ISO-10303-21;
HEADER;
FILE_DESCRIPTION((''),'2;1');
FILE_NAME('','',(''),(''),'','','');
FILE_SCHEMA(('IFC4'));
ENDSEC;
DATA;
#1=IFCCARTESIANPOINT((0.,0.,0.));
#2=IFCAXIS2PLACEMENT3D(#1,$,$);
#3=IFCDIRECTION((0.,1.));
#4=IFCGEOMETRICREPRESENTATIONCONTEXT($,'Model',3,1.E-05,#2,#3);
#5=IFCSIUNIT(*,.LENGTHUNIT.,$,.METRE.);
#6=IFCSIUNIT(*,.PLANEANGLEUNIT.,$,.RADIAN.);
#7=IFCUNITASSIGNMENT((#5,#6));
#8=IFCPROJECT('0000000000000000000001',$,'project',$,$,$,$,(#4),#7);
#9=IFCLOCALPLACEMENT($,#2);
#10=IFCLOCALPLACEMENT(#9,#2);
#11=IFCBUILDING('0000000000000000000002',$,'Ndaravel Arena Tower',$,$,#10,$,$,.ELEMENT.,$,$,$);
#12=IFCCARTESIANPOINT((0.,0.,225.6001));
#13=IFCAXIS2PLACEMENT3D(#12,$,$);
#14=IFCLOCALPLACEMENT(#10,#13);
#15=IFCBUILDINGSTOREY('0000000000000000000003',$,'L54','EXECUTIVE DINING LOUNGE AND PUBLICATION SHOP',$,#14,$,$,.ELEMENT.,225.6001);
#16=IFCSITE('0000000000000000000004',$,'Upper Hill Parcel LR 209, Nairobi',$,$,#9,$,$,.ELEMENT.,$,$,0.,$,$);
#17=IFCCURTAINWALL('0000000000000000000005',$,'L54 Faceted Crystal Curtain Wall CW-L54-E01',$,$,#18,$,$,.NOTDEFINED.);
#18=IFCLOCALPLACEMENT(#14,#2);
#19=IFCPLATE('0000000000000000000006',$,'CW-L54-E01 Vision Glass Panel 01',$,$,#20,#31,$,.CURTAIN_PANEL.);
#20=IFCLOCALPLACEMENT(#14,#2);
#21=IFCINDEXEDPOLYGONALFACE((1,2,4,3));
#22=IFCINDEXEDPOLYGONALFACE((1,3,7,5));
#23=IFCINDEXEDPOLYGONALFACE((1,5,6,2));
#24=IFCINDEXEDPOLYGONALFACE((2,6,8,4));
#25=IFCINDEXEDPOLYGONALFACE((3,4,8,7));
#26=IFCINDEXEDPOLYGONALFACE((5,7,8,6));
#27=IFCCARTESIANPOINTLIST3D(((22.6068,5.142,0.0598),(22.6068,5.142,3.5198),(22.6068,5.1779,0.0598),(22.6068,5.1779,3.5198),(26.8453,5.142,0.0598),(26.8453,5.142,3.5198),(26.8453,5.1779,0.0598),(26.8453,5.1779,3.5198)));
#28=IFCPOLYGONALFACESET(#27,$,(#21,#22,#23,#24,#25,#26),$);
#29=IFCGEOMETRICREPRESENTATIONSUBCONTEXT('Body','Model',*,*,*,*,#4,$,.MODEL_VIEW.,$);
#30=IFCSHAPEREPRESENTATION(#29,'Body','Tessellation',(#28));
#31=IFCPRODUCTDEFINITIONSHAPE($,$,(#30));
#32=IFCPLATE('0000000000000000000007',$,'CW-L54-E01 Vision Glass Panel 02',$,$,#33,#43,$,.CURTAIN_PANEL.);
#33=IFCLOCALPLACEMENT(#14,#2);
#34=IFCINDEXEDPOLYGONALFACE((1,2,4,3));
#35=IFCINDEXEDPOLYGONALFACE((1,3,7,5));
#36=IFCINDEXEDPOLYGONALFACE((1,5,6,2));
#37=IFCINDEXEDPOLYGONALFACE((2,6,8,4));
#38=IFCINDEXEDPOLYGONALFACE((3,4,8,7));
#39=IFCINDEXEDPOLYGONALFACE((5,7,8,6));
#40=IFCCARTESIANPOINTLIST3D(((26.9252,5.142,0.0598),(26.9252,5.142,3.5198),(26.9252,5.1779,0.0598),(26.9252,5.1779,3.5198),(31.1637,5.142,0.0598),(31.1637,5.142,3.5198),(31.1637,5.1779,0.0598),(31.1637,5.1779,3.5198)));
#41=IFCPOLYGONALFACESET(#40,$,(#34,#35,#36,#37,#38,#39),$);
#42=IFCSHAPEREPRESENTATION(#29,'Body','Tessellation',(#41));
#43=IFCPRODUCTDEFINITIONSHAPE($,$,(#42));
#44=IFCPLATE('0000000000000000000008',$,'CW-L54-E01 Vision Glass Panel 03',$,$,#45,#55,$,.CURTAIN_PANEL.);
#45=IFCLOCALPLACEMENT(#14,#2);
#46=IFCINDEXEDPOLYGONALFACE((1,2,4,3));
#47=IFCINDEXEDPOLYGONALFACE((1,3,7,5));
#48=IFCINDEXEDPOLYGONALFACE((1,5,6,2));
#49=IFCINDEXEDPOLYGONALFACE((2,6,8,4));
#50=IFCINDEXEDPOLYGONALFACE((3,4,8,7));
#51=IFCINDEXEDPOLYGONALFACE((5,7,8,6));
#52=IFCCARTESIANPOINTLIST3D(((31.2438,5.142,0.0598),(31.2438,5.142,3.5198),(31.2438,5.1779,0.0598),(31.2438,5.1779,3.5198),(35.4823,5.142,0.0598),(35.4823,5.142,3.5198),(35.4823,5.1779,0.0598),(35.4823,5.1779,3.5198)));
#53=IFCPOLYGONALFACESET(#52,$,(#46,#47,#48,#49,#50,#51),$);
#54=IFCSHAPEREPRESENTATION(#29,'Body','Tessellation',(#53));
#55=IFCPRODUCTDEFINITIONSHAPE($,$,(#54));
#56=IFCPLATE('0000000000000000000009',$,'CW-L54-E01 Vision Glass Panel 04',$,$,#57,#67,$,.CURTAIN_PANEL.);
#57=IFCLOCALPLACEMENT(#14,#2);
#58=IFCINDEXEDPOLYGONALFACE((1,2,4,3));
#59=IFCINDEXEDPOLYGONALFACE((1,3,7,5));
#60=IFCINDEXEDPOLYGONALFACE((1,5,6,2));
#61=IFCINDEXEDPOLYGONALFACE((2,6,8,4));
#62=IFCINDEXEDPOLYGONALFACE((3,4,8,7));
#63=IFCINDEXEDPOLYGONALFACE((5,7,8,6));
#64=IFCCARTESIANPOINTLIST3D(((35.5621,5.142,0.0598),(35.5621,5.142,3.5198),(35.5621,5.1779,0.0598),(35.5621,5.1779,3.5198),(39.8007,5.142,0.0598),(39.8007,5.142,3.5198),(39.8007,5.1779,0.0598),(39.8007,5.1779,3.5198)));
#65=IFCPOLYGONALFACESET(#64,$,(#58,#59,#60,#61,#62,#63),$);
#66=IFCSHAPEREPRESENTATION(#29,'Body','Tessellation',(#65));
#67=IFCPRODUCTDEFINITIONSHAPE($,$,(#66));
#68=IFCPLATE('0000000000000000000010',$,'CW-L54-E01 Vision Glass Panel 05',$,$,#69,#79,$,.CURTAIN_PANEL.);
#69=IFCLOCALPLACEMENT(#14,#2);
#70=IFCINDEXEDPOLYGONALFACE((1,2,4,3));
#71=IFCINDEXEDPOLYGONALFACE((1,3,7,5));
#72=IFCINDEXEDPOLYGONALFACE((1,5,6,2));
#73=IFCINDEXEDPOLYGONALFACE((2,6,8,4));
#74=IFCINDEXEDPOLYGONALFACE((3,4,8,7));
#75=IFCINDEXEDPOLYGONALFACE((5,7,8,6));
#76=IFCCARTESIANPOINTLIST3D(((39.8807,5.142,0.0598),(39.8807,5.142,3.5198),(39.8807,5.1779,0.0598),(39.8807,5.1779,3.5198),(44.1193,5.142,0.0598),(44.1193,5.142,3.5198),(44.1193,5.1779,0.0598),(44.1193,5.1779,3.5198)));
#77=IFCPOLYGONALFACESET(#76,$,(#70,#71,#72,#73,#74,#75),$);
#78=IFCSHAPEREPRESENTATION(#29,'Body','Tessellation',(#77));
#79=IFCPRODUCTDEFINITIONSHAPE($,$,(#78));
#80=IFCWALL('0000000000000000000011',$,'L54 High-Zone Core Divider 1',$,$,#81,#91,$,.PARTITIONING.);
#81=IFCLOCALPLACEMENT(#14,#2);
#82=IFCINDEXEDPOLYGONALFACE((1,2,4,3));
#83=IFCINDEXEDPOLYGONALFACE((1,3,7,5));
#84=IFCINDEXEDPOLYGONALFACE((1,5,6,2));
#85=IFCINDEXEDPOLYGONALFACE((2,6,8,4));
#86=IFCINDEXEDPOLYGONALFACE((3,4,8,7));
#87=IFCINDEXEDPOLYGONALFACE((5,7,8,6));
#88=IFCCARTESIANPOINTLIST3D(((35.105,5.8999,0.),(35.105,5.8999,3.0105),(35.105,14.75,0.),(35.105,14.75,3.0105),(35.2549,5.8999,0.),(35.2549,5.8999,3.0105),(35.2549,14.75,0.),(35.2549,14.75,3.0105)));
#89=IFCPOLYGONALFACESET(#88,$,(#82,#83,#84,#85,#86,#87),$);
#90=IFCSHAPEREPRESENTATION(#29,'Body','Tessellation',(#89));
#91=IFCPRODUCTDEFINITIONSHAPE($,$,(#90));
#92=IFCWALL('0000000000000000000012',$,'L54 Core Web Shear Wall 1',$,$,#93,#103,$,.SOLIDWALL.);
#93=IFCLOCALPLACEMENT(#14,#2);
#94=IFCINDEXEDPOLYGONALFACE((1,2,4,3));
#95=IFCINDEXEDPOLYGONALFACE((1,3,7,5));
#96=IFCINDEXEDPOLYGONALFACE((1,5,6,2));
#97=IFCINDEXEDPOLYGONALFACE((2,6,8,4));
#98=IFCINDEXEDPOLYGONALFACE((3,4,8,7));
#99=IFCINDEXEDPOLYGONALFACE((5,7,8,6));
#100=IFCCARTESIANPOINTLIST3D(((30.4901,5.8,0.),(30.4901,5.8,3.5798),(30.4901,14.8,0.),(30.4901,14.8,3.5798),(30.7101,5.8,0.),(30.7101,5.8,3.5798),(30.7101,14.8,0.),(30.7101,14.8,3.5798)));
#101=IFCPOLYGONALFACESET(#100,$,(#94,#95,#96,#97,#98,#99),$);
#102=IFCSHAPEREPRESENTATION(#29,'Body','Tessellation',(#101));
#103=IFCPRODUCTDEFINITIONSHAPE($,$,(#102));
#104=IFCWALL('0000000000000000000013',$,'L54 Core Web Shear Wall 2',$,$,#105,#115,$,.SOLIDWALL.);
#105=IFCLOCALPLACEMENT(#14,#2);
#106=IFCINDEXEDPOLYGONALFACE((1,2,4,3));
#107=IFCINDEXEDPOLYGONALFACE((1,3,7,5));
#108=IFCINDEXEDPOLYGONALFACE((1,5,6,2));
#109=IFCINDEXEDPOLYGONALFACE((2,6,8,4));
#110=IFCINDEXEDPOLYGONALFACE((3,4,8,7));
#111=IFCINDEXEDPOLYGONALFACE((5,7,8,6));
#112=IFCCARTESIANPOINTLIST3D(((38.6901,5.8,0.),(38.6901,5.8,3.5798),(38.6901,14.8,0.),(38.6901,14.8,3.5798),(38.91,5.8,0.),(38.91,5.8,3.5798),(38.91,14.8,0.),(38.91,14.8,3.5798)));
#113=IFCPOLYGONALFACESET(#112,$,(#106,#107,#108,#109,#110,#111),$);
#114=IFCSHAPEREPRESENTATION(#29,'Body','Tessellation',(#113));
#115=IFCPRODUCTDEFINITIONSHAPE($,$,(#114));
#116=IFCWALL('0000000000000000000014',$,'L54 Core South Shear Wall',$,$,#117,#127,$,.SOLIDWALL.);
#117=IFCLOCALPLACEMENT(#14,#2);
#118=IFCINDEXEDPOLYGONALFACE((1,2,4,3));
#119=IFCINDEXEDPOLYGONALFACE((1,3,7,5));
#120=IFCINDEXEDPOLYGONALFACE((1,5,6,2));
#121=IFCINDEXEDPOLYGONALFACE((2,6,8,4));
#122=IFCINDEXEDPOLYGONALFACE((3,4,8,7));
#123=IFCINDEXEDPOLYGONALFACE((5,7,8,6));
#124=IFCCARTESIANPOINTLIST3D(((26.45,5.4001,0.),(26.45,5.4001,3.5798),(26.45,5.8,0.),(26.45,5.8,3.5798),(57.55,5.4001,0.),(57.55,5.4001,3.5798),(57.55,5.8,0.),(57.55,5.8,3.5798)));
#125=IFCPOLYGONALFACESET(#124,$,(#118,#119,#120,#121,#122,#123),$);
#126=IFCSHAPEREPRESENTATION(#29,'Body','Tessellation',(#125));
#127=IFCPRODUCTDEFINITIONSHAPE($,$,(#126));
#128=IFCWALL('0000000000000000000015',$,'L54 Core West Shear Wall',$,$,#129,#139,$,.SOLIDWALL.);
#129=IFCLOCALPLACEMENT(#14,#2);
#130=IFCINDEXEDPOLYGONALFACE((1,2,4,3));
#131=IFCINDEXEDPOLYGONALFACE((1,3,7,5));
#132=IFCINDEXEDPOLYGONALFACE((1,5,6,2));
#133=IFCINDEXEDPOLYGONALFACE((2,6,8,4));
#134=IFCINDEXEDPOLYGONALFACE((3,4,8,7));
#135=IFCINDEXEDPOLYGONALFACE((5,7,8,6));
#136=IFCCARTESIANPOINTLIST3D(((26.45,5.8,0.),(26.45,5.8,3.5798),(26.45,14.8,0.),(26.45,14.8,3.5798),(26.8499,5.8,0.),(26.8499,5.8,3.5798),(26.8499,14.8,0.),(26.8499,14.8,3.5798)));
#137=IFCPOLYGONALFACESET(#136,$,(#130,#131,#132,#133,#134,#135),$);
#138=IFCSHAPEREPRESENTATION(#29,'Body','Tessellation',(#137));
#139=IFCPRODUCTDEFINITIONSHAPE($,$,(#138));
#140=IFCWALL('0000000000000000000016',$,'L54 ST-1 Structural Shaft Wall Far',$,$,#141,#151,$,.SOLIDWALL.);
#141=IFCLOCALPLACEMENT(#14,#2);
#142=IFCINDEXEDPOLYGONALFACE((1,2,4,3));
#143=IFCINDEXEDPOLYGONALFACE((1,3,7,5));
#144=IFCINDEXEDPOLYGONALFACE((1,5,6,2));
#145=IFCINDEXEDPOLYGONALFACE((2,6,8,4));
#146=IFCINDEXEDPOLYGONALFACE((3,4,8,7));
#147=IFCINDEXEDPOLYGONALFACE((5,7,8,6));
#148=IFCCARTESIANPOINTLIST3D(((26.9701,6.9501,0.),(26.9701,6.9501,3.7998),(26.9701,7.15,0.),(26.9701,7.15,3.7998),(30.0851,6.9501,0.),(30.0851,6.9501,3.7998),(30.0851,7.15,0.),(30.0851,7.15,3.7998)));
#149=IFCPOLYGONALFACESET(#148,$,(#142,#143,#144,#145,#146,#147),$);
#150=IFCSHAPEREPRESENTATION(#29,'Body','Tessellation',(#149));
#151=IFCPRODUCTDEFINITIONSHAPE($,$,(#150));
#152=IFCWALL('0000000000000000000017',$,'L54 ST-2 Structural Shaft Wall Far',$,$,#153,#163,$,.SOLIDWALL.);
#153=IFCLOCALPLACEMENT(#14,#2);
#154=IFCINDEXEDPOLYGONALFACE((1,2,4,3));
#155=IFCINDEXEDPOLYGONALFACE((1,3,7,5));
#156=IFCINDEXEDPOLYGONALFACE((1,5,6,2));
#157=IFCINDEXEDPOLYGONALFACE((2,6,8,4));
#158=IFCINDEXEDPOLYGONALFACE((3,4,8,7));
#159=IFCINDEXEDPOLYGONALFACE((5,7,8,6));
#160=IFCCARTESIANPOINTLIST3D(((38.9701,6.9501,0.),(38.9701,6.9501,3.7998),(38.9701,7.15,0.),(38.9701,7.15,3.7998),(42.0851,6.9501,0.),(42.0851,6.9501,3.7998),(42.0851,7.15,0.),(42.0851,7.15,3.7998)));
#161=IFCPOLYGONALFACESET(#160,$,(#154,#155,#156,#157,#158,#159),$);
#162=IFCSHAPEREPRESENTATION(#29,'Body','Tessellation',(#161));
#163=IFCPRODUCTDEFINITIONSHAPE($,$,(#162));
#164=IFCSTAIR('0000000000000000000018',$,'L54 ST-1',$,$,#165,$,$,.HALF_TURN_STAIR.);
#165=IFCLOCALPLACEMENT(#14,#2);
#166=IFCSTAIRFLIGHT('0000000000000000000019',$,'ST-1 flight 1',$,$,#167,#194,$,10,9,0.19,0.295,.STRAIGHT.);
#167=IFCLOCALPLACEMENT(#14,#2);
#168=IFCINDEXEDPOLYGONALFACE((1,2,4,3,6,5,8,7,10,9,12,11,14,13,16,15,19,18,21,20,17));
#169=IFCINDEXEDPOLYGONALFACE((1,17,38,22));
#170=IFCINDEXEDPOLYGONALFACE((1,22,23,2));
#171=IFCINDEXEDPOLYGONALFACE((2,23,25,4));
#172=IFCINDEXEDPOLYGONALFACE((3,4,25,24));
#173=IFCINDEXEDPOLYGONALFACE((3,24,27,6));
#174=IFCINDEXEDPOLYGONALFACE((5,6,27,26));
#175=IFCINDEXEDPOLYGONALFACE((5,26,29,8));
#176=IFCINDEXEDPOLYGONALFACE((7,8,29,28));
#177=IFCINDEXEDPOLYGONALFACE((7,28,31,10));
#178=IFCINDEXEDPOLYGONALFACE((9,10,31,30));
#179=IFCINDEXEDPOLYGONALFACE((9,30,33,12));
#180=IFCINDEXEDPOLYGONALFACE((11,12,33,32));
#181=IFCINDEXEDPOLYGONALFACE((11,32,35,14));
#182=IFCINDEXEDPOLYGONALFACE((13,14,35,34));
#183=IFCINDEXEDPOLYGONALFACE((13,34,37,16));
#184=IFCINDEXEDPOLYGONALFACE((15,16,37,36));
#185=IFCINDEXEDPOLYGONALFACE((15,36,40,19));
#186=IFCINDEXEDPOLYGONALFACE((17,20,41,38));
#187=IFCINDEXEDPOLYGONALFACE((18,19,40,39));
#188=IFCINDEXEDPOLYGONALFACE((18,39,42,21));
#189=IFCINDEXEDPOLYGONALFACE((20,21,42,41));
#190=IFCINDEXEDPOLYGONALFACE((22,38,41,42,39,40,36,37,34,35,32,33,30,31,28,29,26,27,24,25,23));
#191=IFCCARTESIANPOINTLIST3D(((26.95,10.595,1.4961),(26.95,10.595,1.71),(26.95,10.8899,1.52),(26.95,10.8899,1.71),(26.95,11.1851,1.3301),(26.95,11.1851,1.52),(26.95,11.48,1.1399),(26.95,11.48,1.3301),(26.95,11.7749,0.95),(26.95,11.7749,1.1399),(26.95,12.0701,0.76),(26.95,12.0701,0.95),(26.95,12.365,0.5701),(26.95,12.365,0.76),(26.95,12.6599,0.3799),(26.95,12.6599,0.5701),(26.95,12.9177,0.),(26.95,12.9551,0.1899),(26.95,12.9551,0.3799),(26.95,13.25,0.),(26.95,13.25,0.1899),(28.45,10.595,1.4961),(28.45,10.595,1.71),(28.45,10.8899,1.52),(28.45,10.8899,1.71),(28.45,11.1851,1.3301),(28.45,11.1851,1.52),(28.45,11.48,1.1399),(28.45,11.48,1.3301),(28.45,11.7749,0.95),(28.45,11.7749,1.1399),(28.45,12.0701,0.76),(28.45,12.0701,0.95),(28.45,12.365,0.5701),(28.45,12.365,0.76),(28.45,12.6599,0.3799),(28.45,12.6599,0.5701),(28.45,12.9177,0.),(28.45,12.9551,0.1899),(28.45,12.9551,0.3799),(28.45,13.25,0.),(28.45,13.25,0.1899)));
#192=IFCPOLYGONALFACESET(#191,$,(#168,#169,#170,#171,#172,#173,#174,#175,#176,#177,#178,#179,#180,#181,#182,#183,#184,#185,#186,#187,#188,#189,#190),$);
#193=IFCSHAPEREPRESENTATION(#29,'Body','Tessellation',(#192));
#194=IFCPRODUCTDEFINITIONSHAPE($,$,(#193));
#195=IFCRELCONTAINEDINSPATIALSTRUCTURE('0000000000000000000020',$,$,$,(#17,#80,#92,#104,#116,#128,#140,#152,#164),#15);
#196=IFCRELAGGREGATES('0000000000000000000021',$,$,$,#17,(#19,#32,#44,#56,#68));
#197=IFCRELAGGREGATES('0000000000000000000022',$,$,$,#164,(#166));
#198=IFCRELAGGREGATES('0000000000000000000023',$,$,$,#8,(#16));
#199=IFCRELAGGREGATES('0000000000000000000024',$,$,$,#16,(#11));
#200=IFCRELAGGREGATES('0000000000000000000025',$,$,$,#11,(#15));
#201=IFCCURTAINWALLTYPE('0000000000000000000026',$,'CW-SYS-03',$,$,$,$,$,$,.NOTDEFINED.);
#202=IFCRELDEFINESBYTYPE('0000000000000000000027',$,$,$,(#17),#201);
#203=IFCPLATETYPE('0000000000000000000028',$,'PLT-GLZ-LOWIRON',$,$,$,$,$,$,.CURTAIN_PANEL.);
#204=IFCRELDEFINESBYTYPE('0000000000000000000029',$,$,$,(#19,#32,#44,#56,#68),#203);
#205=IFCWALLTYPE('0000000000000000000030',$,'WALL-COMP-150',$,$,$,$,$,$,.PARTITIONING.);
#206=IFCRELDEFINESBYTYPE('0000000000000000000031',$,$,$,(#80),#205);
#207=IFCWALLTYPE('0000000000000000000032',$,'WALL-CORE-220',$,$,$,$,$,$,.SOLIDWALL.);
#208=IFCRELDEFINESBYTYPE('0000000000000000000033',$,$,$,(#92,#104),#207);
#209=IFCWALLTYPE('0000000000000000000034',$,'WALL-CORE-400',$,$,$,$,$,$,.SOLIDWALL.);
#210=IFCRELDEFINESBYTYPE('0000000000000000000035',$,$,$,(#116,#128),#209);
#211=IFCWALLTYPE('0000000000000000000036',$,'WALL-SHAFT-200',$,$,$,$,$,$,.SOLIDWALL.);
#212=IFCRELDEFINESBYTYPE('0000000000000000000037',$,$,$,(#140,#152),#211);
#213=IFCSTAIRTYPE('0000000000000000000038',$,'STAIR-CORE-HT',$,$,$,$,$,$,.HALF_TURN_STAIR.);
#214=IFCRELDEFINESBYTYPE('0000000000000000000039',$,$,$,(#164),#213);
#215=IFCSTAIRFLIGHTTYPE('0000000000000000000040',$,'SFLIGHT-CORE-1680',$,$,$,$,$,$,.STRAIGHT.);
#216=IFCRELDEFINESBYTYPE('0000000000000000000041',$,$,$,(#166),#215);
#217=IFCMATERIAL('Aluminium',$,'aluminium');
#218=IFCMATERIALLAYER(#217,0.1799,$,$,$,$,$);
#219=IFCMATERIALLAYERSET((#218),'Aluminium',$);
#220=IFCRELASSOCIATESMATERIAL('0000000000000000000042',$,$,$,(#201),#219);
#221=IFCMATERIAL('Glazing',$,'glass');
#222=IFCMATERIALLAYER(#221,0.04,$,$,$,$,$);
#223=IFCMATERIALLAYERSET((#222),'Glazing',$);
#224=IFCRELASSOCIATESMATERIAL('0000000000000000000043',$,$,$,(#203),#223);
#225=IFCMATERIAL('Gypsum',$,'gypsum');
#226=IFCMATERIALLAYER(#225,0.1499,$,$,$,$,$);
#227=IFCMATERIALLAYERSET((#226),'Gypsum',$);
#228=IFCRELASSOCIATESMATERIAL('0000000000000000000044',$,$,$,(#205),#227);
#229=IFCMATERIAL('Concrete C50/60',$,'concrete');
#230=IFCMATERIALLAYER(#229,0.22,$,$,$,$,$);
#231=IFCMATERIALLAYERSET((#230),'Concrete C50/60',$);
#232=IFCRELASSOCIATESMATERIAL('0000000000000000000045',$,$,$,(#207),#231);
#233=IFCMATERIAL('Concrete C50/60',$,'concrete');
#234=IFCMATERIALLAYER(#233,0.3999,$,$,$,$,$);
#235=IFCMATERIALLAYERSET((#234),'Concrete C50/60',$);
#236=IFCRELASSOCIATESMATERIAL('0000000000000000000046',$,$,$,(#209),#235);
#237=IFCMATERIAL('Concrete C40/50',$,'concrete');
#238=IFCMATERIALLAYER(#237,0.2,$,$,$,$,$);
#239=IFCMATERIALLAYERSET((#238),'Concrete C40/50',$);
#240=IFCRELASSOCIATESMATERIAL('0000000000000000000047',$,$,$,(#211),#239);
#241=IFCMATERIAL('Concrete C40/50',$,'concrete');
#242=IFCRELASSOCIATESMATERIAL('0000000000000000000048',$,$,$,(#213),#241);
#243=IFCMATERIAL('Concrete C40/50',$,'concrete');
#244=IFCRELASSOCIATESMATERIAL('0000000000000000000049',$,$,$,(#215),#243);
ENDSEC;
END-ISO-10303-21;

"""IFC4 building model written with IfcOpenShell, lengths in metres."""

from ifc_helpers import new_model, si_unit, direction, frame, frame_2d, origin, origin_2d, place, context, subcontext, project, spatial, polyline, rectangle, outline, extrude, material, layer, layer_set, type_object, element, aggregate, save


model = new_model("IFC4")

# Units and contexts
model_context = context("Model", 3, precision=1e-05, world=origin(), true_north=direction((0.0, 1.0)))
body_context = subcontext(model_context, "Body", "Model", "MODEL_VIEW")
ifc_project = project(units=[si_unit("LENGTHUNIT", "METRE"), si_unit("PLANEANGLEUNIT", "RADIAN")], contexts=[model_context])

# Site, building, storey
site_placement = place(None, origin())
site = spatial("IfcSite", under=ifc_project, at=site_placement, Name="Upper Hill Parcel LR 209, Nairobi", CompositionType="ELEMENT", RefElevation=0.0)
building_placement = place(site_placement, origin())
building = spatial("IfcBuilding", under=site, at=building_placement, Name="Ndaravel Arena Tower", CompositionType="ELEMENT")
storey_placement = place(building_placement, frame((0.0, 0.0, 225.6001)))
storey = spatial("IfcBuildingStorey", under=building, at=storey_placement, Name="L54", Description="EXECUTIVE DINING LOUNGE AND PUBLICATION SHOP", CompositionType="ELEMENT", Elevation=225.6001)

# Curtain wall, plates
ifc_material_1 = material(Name="Aluminium", Category="aluminium")
ifc_layer_1 = layer(ifc_material_1, 0.1799)
ifc_layer_set_1 = layer_set([ifc_layer_1], Name="Aluminium")
curtain_wall_type = type_object("IfcCurtainWallType", Name="CW-SYS-03", PredefinedType="NOTDEFINED", material=ifc_layer_set_1)
curtain_wall_placement = place(storey_placement, origin())
curtain_wall = element("IfcCurtainWall", 1, at=curtain_wall_placement, inside=storey, type_object=curtain_wall_type, Name="L54 Faceted Crystal Curtain Wall CW-L54-E01", PredefinedType="NOTDEFINED")
ifc_material_2 = material(Name="Glazing", Category="glass")
ifc_layer_2 = layer(ifc_material_2, 0.04)
ifc_layer_set_2 = layer_set([ifc_layer_2], Name="Glazing")
plate_type = type_object("IfcPlateType", Name="PLT-GLZ-LOWIRON", PredefinedType="CURTAIN_PANEL", material=ifc_layer_set_2)
plate_1_placement = place(storey_placement, frame((24.7261, 5.1599, 0.0598), z_axis=(0.0, 0.0, 1.0), x_axis=(1.0, 0.0, 0.0)))
plate_1 = element("IfcPlate", 2, at=plate_1_placement, type_object=plate_type, Name="CW-L54-E01 Vision Glass Panel 01", PredefinedType="CURTAIN_PANEL", context=body_context, shape_type="SweptSolid", body=[
    extrude(rectangle(XDim=4.2385, YDim=0.0359, at=origin_2d()), origin(), (0.0, 0.0, 1.0), 3.46),
])
plate_2_placement = place(storey_placement, frame((29.0444, 5.1599, 0.0598), z_axis=(0.0, 0.0, 1.0), x_axis=(1.0, 0.0, 0.0)))
plate_2 = element("IfcPlate", 3, at=plate_2_placement, type_object=plate_type, Name="CW-L54-E01 Vision Glass Panel 02", PredefinedType="CURTAIN_PANEL", context=body_context, shape_type="SweptSolid", body=[
    extrude(rectangle(XDim=4.2385, YDim=0.0359, at=origin_2d()), origin(), (0.0, 0.0, 1.0), 3.46),
])
plate_3_placement = place(storey_placement, frame((33.363, 5.1599, 0.0598), z_axis=(0.0, 0.0, 1.0), x_axis=(1.0, 0.0, 0.0)))
plate_3 = element("IfcPlate", 4, at=plate_3_placement, type_object=plate_type, Name="CW-L54-E01 Vision Glass Panel 03", PredefinedType="CURTAIN_PANEL", context=body_context, shape_type="SweptSolid", body=[
    extrude(rectangle(XDim=4.2385, YDim=0.0359, at=origin_2d()), origin(), (0.0, 0.0, 1.0), 3.46),
])
plate_4_placement = place(storey_placement, frame((37.6814, 5.1599, 0.0598), z_axis=(0.0, 0.0, 1.0), x_axis=(1.0, 0.0, 0.0)))
plate_4 = element("IfcPlate", 5, at=plate_4_placement, type_object=plate_type, Name="CW-L54-E01 Vision Glass Panel 04", PredefinedType="CURTAIN_PANEL", context=body_context, shape_type="SweptSolid", body=[
    extrude(rectangle(XDim=4.2385, YDim=0.0359, at=origin_2d()), origin(), (0.0, 0.0, 1.0), 3.46),
])
plate_5_placement = place(storey_placement, frame((42.0, 5.1599, 0.0598), z_axis=(0.0, 0.0, 1.0), x_axis=(1.0, 0.0, 0.0)))
plate_5 = element("IfcPlate", 6, at=plate_5_placement, type_object=plate_type, Name="CW-L54-E01 Vision Glass Panel 05", PredefinedType="CURTAIN_PANEL", context=body_context, shape_type="SweptSolid", body=[
    extrude(rectangle(XDim=4.2385, YDim=0.0359, at=origin_2d()), origin(), (0.0, 0.0, 1.0), 3.46),
])
aggregate(curtain_wall, [plate_1, plate_2, plate_3, plate_4, plate_5])

# Walls
ifc_material_3 = material(Name="Gypsum", Category="gypsum")
ifc_layer_3 = layer(ifc_material_3, 0.1499)
ifc_layer_set_3 = layer_set([ifc_layer_3], Name="Gypsum")
wall_type_1 = type_object("IfcWallType", Name="WALL-COMP-150", PredefinedType="PARTITIONING", material=ifc_layer_set_3)
wall_1_placement = place(storey_placement, frame((35.1799, 5.8999, 0.0), z_axis=(0.0, 0.0, 1.0), x_axis=(0.0, 1.0, 0.0)))
element("IfcWall", 7, at=wall_1_placement, inside=storey, type_object=wall_type_1, Name="L54 High-Zone Core Divider 1", PredefinedType="PARTITIONING", context=body_context, shape_type="SweptSolid", body=[
    extrude(rectangle(XDim=8.8501, YDim=0.1499, at=frame_2d((4.425, 0.0))), origin(), (0.0, 0.0, 1.0), 3.0105),
])
ifc_material_4 = material(Name="Concrete C50/60", Category="concrete")
ifc_layer_4 = layer(ifc_material_4, 0.22)
ifc_layer_set_4 = layer_set([ifc_layer_4], Name="Concrete C50/60")
wall_type_2 = type_object("IfcWallType", Name="WALL-CORE-220", PredefinedType="SOLIDWALL", material=ifc_layer_set_4)
for number, where, z_axis, x_axis, name in (
    (8, (30.6001, 5.8, 0.0), (0.0, 0.0, 1.0), (0.0, 1.0, 0.0), "L54 Core Web Shear Wall 1"),
    (9, (38.8, 5.8, 0.0), (0.0, 0.0, 1.0), (0.0, 1.0, 0.0), "L54 Core Web Shear Wall 2"),
):
    element("IfcWall", number, at=place(storey_placement, frame(where, z_axis=z_axis, x_axis=x_axis)), inside=storey, type_object=wall_type_2, Name=name, PredefinedType="SOLIDWALL", context=body_context, shape_type="SweptSolid", body=[
        extrude(rectangle(XDim=9.0, YDim=0.22, at=frame_2d((4.5, 0.0))), origin(), (0.0, 0.0, 1.0), 3.5798),
    ])
ifc_material_5 = material(Name="Concrete C50/60", Category="concrete")
ifc_layer_5 = layer(ifc_material_5, 0.3999)
ifc_layer_set_5 = layer_set([ifc_layer_5], Name="Concrete C50/60")
wall_type_3 = type_object("IfcWallType", Name="WALL-CORE-400", PredefinedType="SOLIDWALL", material=ifc_layer_set_5)
wall_2_placement = place(storey_placement, frame((26.45, 5.6001, 0.0), z_axis=(0.0, 0.0, 1.0), x_axis=(1.0, 0.0, 0.0)))
element("IfcWall", 10, at=wall_2_placement, inside=storey, type_object=wall_type_3, Name="L54 Core South Shear Wall", PredefinedType="SOLIDWALL", context=body_context, shape_type="SweptSolid", body=[
    extrude(rectangle(XDim=31.1001, YDim=0.3999, at=frame_2d((15.55, 0.0))), origin(), (0.0, 0.0, 1.0), 3.5798),
])
wall_3_placement = place(storey_placement, frame((26.6499, 5.8, 0.0), z_axis=(0.0, 0.0, 1.0), x_axis=(0.0, 1.0, 0.0)))
element("IfcWall", 11, at=wall_3_placement, inside=storey, type_object=wall_type_3, Name="L54 Core West Shear Wall", PredefinedType="SOLIDWALL", context=body_context, shape_type="SweptSolid", body=[
    extrude(rectangle(XDim=9.0, YDim=0.3999, at=frame_2d((4.5, 0.0))), origin(), (0.0, 0.0, 1.0), 3.5798),
])
ifc_material_6 = material(Name="Concrete C40/50", Category="concrete")
ifc_layer_6 = layer(ifc_material_6, 0.2)
ifc_layer_set_6 = layer_set([ifc_layer_6], Name="Concrete C40/50")
wall_type_4 = type_object("IfcWallType", Name="WALL-SHAFT-200", PredefinedType="SOLIDWALL", material=ifc_layer_set_6)
for number, where, z_axis, x_axis, name in (
    (12, (26.97, 7.05, 0.0), (0.0, 0.0, 1.0), (1.0, 0.0, 0.0), "L54 ST-1 Structural Shaft Wall Far"),
    (13, (38.97, 7.05, 0.0), (0.0, 0.0, 1.0), (1.0, 0.0, 0.0), "L54 ST-2 Structural Shaft Wall Far"),
):
    element("IfcWall", number, at=place(storey_placement, frame(where, z_axis=z_axis, x_axis=x_axis)), inside=storey, type_object=wall_type_4, Name=name, PredefinedType="SOLIDWALL", context=body_context, shape_type="SweptSolid", body=[
        extrude(rectangle(XDim=3.115, YDim=0.2, at=frame_2d((1.5576, 0.0))), origin(), (0.0, 0.0, 1.0), 3.7998),
    ])

# Stair, stair flight
ifc_material_7 = material(Name="Concrete C40/50", Category="concrete")
stair_type = type_object("IfcStairType", Name="STAIR-CORE-HT", PredefinedType="HALF_TURN_STAIR", material=ifc_material_7)
stair_1_placement = place(storey_placement, origin())
stair_1 = element("IfcStair", 14, at=stair_1_placement, inside=storey, type_object=stair_type, Name="L54 ST-1", PredefinedType="HALF_TURN_STAIR")
ifc_material_8 = material(Name="Concrete C40/50", Category="concrete")
stair_flight_type = type_object("IfcStairFlightType", Name="SFLIGHT-CORE-1680", PredefinedType="STRAIGHT", material=ifc_material_8)
stair_flight_1_placement = place(storey_placement, frame((27.7, 13.25, 0.0), z_axis=(0.0, 0.0, 1.0), x_axis=(0.0, -1.0, 0.0)))
stair_flight_1 = element("IfcStairFlight", 15, at=stair_flight_1_placement, type_object=stair_flight_type, Name="ST-1 flight 1", NumberOfRisers=10, NumberOfTreads=9, PredefinedType="STRAIGHT", RiserHeight=0.19, TreadLength=0.295, context=body_context, shape_type="SweptSolid", body=[
    extrude(outline(polyline([(0.0, 0.0), (0.0, 0.1899), (0.2949, 0.1899), (0.2949, 0.3799), (0.5901, 0.3799), (0.5901, 0.5701), (0.885, 0.5701), (0.885, 0.76), (1.1799, 0.76), (1.1799, 0.95), (1.4751, 0.95), (1.4751, 1.1399), (1.77, 1.1399), (1.77, 1.3301), (2.0649, 1.3301), (2.0649, 1.52), (2.3601, 1.52), (2.3601, 1.71), (2.655, 1.71), (2.655, 1.8999), (2.655, 1.4961), (0.3323, 0.0), (0.0, 0.0)])), frame((0.0, 0.75, 0.0), z_axis=(0.0, -1.0, 0.0), x_axis=(1.0, 0.0, 0.0)), (0.0, 0.0, 1.0), 1.5),
])
aggregate(stair_1, [stair_flight_1])

save(model, "model.ifc")
